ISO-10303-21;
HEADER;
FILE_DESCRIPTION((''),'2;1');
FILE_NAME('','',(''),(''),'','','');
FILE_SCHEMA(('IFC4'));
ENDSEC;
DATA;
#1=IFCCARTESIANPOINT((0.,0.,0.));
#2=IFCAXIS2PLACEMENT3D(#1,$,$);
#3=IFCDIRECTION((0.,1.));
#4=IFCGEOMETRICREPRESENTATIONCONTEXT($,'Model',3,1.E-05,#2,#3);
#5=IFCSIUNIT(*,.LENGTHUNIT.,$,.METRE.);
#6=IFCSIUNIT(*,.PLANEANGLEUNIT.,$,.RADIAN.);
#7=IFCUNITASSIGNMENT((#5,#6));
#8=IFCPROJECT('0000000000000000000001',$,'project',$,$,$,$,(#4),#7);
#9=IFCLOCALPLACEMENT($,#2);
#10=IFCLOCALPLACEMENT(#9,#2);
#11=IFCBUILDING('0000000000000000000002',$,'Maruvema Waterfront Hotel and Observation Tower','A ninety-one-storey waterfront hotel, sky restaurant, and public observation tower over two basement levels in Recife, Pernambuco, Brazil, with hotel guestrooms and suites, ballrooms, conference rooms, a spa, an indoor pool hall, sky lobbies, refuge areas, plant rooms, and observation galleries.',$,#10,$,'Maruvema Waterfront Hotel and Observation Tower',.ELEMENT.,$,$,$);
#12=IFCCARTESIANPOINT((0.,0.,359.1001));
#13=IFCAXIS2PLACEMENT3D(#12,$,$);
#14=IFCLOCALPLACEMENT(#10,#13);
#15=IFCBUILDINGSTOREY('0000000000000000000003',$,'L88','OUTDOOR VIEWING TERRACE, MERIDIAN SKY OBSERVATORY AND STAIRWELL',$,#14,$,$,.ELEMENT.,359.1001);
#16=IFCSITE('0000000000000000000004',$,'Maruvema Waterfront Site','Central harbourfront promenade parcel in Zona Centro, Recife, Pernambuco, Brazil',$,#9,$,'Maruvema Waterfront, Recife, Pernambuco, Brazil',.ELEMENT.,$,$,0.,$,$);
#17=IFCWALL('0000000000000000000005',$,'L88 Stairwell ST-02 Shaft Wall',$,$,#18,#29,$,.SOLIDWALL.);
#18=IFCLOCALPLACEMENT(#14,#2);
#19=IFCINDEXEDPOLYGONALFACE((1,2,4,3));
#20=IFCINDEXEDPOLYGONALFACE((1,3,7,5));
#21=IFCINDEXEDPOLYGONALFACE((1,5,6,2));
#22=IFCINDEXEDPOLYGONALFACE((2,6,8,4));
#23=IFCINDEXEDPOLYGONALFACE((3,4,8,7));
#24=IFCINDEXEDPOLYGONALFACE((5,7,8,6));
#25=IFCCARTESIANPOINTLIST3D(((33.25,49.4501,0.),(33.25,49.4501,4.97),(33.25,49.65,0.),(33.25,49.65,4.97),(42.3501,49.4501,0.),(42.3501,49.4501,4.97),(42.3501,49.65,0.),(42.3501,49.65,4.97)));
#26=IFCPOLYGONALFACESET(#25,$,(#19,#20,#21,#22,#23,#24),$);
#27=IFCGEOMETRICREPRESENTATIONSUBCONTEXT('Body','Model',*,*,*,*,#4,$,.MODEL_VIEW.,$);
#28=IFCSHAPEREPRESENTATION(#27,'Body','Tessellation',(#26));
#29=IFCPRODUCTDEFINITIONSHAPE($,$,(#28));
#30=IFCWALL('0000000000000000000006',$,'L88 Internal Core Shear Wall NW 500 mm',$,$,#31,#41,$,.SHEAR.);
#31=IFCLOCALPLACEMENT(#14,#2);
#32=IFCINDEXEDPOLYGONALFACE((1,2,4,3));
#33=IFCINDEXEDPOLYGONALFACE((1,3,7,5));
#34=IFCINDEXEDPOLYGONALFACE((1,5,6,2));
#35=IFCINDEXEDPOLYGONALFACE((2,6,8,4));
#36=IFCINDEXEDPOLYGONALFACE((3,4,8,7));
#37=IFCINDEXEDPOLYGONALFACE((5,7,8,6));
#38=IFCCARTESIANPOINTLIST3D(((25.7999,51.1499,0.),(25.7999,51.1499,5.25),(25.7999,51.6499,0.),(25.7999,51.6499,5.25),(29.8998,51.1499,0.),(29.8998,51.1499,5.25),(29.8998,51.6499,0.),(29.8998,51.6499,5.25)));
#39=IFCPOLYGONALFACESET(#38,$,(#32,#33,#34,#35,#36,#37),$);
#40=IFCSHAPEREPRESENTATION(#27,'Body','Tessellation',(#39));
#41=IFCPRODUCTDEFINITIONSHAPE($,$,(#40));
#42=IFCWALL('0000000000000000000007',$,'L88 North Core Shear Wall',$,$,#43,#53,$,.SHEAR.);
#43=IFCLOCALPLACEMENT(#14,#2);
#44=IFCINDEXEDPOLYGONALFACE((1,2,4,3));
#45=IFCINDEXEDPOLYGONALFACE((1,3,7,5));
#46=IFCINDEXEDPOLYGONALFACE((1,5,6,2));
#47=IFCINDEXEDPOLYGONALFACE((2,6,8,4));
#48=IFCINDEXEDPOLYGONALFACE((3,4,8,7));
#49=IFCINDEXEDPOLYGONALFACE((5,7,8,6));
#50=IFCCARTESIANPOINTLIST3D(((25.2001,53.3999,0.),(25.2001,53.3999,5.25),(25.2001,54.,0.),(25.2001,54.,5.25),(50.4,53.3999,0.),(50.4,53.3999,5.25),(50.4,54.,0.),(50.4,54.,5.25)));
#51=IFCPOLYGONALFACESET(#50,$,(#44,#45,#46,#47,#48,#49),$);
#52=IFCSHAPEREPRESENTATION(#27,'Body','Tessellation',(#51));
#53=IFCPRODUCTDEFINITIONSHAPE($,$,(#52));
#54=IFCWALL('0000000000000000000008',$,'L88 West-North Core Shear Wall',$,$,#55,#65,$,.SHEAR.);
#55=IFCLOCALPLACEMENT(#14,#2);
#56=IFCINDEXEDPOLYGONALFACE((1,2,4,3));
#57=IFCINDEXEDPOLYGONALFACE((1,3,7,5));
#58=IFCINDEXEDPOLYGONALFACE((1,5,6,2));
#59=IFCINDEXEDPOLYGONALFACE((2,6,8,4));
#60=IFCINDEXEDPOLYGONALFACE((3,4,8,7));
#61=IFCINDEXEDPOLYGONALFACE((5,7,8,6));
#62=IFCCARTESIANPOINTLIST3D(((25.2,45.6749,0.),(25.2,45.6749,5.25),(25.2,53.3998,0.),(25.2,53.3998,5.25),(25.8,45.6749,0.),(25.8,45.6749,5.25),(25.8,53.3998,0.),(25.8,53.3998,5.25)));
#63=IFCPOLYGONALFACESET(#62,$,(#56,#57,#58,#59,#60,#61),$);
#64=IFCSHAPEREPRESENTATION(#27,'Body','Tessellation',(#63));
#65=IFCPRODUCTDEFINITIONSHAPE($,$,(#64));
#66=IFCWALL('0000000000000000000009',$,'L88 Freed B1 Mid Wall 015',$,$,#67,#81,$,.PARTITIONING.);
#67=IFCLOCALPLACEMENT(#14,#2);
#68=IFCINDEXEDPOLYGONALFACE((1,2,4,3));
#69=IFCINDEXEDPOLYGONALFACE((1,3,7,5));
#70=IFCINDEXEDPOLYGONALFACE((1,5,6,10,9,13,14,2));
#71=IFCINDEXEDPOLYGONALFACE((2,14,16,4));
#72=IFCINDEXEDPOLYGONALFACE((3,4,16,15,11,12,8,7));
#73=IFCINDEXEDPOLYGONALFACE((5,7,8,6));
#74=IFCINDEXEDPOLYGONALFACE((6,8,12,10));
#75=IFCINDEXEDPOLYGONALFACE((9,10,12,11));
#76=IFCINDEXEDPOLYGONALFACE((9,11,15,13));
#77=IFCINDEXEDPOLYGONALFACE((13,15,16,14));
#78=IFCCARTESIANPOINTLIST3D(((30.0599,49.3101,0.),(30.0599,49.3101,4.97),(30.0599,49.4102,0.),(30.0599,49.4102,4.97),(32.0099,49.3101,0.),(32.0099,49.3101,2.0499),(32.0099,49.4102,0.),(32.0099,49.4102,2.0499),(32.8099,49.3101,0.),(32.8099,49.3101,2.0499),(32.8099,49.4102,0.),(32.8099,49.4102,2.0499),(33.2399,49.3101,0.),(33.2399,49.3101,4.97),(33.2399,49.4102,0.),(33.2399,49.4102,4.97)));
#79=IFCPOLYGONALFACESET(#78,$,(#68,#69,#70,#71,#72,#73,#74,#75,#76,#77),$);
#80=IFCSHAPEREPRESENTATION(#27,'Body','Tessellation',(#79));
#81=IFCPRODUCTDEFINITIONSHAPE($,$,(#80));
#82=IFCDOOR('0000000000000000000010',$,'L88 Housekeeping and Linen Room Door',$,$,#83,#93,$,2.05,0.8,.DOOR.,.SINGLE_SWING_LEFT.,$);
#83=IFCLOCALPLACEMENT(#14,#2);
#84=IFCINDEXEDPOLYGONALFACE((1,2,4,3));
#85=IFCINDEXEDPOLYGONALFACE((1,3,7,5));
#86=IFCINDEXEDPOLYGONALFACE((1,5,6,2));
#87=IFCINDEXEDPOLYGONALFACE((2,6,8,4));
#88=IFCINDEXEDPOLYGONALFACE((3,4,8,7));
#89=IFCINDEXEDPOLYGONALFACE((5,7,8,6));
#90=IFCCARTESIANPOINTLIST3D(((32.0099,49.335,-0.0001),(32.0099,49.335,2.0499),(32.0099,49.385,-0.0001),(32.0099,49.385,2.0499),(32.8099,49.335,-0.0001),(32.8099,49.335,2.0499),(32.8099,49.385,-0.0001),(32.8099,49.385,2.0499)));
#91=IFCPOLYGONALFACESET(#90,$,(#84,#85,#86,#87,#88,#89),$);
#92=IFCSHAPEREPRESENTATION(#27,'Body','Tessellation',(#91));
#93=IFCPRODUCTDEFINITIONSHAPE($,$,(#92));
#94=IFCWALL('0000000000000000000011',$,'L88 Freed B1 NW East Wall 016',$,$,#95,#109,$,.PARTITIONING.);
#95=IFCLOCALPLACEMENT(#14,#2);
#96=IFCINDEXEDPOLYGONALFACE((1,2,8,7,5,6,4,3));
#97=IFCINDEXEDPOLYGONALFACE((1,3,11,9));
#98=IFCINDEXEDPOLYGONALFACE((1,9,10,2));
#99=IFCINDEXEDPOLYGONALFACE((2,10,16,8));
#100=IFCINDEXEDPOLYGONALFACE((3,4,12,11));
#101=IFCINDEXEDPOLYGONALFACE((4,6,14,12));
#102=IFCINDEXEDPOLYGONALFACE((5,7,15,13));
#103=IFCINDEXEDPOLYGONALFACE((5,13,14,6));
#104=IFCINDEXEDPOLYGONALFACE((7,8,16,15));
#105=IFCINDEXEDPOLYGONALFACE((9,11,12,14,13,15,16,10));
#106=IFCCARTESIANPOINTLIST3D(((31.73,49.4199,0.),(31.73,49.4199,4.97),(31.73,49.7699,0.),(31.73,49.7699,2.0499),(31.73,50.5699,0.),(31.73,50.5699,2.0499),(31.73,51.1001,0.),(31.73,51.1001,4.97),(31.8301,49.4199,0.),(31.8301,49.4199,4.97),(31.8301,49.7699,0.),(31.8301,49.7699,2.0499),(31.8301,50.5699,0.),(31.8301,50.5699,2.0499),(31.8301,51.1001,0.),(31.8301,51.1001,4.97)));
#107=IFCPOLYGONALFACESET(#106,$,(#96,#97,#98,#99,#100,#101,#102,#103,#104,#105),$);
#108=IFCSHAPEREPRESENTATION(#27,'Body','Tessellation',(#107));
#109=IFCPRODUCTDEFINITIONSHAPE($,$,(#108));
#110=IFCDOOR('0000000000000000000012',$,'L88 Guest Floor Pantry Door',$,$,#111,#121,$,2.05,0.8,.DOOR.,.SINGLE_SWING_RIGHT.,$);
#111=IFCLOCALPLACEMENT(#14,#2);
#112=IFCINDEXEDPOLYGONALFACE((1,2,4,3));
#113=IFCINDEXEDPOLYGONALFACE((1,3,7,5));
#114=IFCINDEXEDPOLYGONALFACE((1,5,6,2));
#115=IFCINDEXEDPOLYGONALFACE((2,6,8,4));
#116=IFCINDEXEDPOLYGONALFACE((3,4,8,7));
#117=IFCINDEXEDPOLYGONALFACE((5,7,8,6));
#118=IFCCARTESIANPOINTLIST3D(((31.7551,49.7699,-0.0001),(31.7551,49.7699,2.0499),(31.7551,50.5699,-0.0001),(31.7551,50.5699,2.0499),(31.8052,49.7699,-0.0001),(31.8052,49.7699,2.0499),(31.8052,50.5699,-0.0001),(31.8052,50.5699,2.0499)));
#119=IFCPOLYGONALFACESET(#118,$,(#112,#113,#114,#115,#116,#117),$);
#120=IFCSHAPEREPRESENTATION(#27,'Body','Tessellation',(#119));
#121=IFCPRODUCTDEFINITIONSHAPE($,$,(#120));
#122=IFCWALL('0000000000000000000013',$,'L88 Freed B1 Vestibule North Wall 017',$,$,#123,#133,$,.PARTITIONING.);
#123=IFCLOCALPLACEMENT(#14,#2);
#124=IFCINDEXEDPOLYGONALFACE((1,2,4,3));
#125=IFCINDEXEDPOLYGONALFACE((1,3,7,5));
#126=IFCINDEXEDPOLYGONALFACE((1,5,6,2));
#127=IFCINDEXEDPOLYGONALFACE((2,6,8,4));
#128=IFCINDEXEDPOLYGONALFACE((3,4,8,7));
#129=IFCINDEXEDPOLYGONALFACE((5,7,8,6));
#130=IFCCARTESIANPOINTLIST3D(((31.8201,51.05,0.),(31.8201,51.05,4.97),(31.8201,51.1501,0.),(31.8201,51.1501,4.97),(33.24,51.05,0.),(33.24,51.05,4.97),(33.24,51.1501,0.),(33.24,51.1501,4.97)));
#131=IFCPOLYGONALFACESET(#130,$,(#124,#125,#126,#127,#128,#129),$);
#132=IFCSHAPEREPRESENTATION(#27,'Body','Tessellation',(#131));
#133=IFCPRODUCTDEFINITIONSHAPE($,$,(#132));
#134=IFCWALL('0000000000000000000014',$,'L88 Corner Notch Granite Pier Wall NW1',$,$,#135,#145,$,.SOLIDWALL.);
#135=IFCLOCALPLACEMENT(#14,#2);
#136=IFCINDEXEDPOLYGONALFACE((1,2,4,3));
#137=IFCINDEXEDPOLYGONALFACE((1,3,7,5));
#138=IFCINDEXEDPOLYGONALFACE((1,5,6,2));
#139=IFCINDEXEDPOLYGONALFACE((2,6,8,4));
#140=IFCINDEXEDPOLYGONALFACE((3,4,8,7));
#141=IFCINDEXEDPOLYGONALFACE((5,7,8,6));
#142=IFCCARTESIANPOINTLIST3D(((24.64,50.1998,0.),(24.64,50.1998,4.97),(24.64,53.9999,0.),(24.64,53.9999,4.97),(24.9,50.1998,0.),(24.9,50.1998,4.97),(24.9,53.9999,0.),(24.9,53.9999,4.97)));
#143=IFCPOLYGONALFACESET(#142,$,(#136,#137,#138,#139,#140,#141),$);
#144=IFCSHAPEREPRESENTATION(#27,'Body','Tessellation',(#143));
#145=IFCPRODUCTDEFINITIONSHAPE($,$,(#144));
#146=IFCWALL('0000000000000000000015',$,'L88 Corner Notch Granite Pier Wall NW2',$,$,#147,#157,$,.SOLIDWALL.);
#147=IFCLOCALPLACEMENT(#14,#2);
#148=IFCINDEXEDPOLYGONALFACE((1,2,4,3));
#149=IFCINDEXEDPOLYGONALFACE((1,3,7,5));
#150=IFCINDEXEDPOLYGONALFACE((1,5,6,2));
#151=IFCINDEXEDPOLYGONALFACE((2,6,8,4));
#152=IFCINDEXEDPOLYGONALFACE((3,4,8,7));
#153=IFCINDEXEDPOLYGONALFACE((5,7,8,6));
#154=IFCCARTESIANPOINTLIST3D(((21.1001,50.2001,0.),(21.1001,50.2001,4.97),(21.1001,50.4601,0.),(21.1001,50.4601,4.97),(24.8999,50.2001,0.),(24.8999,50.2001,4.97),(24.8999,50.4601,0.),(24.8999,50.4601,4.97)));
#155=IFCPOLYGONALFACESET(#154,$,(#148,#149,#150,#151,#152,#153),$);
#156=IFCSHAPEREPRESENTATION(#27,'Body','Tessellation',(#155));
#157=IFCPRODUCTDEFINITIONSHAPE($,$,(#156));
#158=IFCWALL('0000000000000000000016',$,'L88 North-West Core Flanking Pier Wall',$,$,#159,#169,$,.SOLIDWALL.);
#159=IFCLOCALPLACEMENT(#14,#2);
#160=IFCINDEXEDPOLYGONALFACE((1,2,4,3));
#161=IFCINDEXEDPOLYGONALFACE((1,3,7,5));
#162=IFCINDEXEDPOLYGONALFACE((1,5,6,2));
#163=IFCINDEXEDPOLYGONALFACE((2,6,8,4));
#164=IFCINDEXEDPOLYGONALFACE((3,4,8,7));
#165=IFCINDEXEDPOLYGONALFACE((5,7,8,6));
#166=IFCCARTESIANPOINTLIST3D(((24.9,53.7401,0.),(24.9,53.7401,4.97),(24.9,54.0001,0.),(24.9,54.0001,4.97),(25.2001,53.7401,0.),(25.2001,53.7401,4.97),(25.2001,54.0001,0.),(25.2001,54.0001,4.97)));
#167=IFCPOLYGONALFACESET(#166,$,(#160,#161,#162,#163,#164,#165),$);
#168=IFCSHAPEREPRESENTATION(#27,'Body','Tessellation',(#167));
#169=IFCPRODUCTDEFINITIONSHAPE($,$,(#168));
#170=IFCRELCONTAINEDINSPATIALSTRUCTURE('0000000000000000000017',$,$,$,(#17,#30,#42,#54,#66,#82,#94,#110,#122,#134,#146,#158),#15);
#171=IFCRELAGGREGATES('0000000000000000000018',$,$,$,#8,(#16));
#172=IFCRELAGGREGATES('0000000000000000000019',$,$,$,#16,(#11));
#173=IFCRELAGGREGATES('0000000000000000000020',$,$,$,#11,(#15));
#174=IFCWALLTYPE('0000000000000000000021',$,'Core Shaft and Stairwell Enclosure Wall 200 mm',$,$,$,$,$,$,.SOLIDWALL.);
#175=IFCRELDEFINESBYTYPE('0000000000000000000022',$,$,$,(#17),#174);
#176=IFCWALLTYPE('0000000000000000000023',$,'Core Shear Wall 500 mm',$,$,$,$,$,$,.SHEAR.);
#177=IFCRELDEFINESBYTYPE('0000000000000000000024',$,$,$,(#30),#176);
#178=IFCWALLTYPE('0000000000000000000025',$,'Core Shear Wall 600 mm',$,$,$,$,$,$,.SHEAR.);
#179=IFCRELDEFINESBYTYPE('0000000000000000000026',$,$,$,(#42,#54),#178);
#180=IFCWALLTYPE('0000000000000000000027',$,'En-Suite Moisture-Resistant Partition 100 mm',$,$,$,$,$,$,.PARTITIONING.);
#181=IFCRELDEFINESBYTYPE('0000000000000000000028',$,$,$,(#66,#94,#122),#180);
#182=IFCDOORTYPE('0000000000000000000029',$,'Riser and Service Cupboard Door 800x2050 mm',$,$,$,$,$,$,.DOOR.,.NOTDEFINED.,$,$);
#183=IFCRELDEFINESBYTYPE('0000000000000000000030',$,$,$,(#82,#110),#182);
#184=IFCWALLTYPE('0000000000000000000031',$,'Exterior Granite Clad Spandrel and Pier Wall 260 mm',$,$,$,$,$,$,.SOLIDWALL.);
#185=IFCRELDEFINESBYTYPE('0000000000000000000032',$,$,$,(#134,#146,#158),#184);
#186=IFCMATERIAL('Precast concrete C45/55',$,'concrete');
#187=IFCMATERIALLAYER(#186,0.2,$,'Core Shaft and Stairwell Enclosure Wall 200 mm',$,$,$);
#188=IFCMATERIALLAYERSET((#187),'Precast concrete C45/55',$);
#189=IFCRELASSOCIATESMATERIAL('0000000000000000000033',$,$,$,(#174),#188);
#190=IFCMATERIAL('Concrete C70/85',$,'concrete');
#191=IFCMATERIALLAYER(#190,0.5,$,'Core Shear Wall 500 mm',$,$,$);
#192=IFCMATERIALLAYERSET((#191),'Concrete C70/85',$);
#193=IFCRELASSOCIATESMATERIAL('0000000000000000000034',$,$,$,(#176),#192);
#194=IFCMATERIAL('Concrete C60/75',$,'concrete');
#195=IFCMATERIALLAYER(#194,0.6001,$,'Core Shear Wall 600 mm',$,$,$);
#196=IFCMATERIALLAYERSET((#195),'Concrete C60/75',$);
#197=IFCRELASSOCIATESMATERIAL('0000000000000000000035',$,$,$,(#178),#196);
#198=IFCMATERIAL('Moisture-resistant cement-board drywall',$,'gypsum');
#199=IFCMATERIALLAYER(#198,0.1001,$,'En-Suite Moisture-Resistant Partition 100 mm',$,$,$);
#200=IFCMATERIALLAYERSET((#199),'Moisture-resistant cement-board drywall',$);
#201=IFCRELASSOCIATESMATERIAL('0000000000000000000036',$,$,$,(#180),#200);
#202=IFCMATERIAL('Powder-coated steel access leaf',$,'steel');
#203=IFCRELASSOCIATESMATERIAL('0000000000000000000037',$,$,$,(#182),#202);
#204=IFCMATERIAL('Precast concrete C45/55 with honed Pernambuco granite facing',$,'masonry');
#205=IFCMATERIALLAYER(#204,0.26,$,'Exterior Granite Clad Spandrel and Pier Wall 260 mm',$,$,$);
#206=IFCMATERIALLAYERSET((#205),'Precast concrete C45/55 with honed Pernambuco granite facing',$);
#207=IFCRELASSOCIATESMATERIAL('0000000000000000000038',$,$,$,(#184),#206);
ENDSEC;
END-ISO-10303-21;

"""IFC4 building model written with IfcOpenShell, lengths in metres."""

from ifc_helpers import new_model, si_unit, direction, frame, frame_2d, origin, place, context, subcontext, project, spatial, rectangle, extrude, material, layer, layer_set, type_object, element, fill, save


model = new_model("IFC4")

# Units and contexts
model_context = context("Model", 3, precision=1e-05, world=origin(), true_north=direction((0.0, 1.0)))
body_context = subcontext(model_context, "Body", "Model", "MODEL_VIEW")
ifc_project = project(units=[si_unit("LENGTHUNIT", "METRE"), si_unit("PLANEANGLEUNIT", "RADIAN")], contexts=[model_context])

# Site, building, storey
site_placement = place(None, origin())
site = spatial("IfcSite", under=ifc_project, at=site_placement, Name="Maruvema Waterfront Site", Description="Central harbourfront promenade parcel in Zona Centro, Recife, Pernambuco, Brazil", LongName="Maruvema Waterfront, Recife, Pernambuco, Brazil", CompositionType="ELEMENT", RefElevation=0.0)
building_placement = place(site_placement, origin())
building = spatial("IfcBuilding", under=site, at=building_placement, Name="Maruvema Waterfront Hotel and Observation Tower", Description="A ninety-one-storey waterfront hotel, sky restaurant, and public observation tower over two basement levels in Recife, Pernambuco, Brazil, with hotel guestrooms and suites, ballrooms, conference rooms, a spa, an indoor pool hall, sky lobbies, refuge areas, plant rooms, and observation galleries.", LongName="Maruvema Waterfront Hotel and Observation Tower", CompositionType="ELEMENT")
storey_placement = place(building_placement, frame((0.0, 0.0, 359.1001)))
storey = spatial("IfcBuildingStorey", under=building, at=storey_placement, Name="L88", Description="OUTDOOR VIEWING TERRACE, MERIDIAN SKY OBSERVATORY AND STAIRWELL", CompositionType="ELEMENT", Elevation=359.1001)

# Wall
ifc_material_1 = material(Name="Precast concrete C45/55", Category="concrete")
ifc_layer_1 = layer(ifc_material_1, 0.2, Name="Core Shaft and Stairwell Enclosure Wall 200 mm")
ifc_layer_set_1 = layer_set([ifc_layer_1], Name="Precast concrete C45/55")
wall_type_1 = type_object("IfcWallType", Name="Core Shaft and Stairwell Enclosure Wall 200 mm", PredefinedType="SOLIDWALL", material=ifc_layer_set_1)
wall_1_placement = place(storey_placement, frame((33.25, 49.55, 0.0), z_axis=(0.0, 0.0, 1.0), x_axis=(1.0, 0.0, 0.0)))
element("IfcWall", 1, at=wall_1_placement, inside=storey, type_object=wall_type_1, Name="L88 Stairwell ST-02 Shaft Wall", PredefinedType="SOLIDWALL", context=body_context, shape_type="SweptSolid", body=[
    extrude(rectangle(XDim=9.1001, YDim=0.2, at=frame_2d((4.55, 0.0))), origin(), (0.0, 0.0, 1.0), 4.97),
])

# Walls
ifc_material_2 = material(Name="Concrete C70/85", Category="concrete")
ifc_layer_2 = layer(ifc_material_2, 0.5, Name="Core Shear Wall 500 mm")
ifc_layer_set_2 = layer_set([ifc_layer_2], Name="Concrete C70/85")
wall_type_2 = type_object("IfcWallType", Name="Core Shear Wall 500 mm", PredefinedType="SHEAR", material=ifc_layer_set_2)
wall_2_placement = place(storey_placement, frame((25.8, 51.3999, 0.0), z_axis=(0.0, 0.0, 1.0), x_axis=(1.0, 0.0, 0.0)))
element("IfcWall", 2, at=wall_2_placement, inside=storey, type_object=wall_type_2, Name="L88 Internal Core Shear Wall NW 500 mm", PredefinedType="SHEAR", context=body_context, shape_type="SweptSolid", body=[
    extrude(rectangle(XDim=4.0999, YDim=0.5, at=frame_2d((2.0498, 0.0))), origin(), (0.0, 0.0, 1.0), 5.25),
])
ifc_material_3 = material(Name="Concrete C60/75", Category="concrete")
ifc_layer_3 = layer(ifc_material_3, 0.6001, Name="Core Shear Wall 600 mm")
ifc_layer_set_3 = layer_set([ifc_layer_3], Name="Concrete C60/75")
wall_type_3 = type_object("IfcWallType", Name="Core Shear Wall 600 mm", PredefinedType="SHEAR", material=ifc_layer_set_3)
wall_3_placement = place(storey_placement, frame((25.2, 53.7, 0.0), z_axis=(0.0, 0.0, 1.0), x_axis=(1.0, 0.0, 0.0)))
element("IfcWall", 3, at=wall_3_placement, inside=storey, type_object=wall_type_3, Name="L88 North Core Shear Wall", PredefinedType="SHEAR", context=body_context, shape_type="SweptSolid", body=[
    extrude(rectangle(XDim=25.2, YDim=0.6001, at=frame_2d((12.6001, 0.0))), origin(), (0.0, 0.0, 1.0), 5.25),
])
wall_4_placement = place(storey_placement, frame((25.5, 45.675, 0.0), z_axis=(0.0, 0.0, 1.0), x_axis=(0.0, 1.0, 0.0)))
element("IfcWall", 4, at=wall_4_placement, inside=storey, type_object=wall_type_3, Name="L88 West-North Core Shear Wall", PredefinedType="SHEAR", context=body_context, shape_type="SweptSolid", body=[
    extrude(rectangle(XDim=7.7249, YDim=0.6001, at=frame_2d((3.8623, 0.0))), origin(), (0.0, 0.0, 1.0), 5.25),
])

# Walls, openings, doors
ifc_material_4 = material(Name="Moisture-resistant cement-board drywall", Category="gypsum")
ifc_layer_4 = layer(ifc_material_4, 0.1001, Name="En-Suite Moisture-Resistant Partition 100 mm")
ifc_layer_set_4 = layer_set([ifc_layer_4], Name="Moisture-resistant cement-board drywall")
wall_type_4 = type_object("IfcWallType", Name="En-Suite Moisture-Resistant Partition 100 mm", PredefinedType="PARTITIONING", material=ifc_layer_set_4)
wall_5_placement = place(storey_placement, frame((30.0601, 49.3601, 0.0), z_axis=(0.0, 0.0, 1.0), x_axis=(1.0, 0.0, 0.0)))
wall_5 = element("IfcWall", 5, at=wall_5_placement, inside=storey, type_object=wall_type_4, Name="L88 Freed B1 Mid Wall 015", PredefinedType="PARTITIONING", context=body_context, shape_type="SweptSolid", body=[
    extrude(rectangle(XDim=3.1799, YDim=0.1001, at=frame_2d((1.5898, 0.0))), origin(), (0.0, 0.0, 1.0), 4.97),
])
opening_1_placement = place(wall_5_placement, frame((1.95, 0.0, 0.0)))
opening_1 = element("IfcOpeningElement", 6, at=opening_1_placement, cuts=wall_5, PredefinedType="OPENING", context=body_context, shape_type="SweptSolid", body=[
    extrude(rectangle(XDim=0.8, YDim=2.05, at=frame_2d((0.3999, 1.0249))), frame((0.0, 0.0601, 0.0), z_axis=(0.0, -1.0, 0.0), x_axis=(1.0, 0.0, 0.0)), (0.0, 0.0, 1.0), 0.1201),
])
ifc_material_5 = material(Name="Powder-coated steel access leaf", Category="steel")
door_type_1 = type_object("IfcDoorType", Name="Riser and Service Cupboard Door 800x2050 mm", OperationType="NOTDEFINED", PredefinedType="DOOR", material=ifc_material_5)
door_1_placement = place(opening_1_placement, origin())
door_1 = element("IfcDoor", 7, at=door_1_placement, inside=storey, type_object=door_type_1, Name="L88 Housekeeping and Linen Room Door", OperationType="SINGLE_SWING_LEFT", OverallHeight=2.05, OverallWidth=0.8, PredefinedType="DOOR", context=body_context, shape_type="SweptSolid", body=[
    extrude(rectangle(XDim=0.8, YDim=2.05, at=frame_2d((0.3999, 1.0249))), frame((0.0, 0.0249, 0.0), z_axis=(0.0, -1.0, 0.0), x_axis=(1.0, 0.0, 0.0)), (0.0, 0.0, 1.0), 0.05),
])
fill(opening_1, door_1)
wall_6_placement = place(storey_placement, frame((31.78, 49.4199, 0.0), z_axis=(0.0, 0.0, 1.0), x_axis=(0.0, 1.0, 0.0)))
wall_6 = element("IfcWall", 8, at=wall_6_placement, inside=storey, type_object=wall_type_4, Name="L88 Freed B1 NW East Wall 016", PredefinedType="PARTITIONING", context=body_context, shape_type="SweptSolid", body=[
    extrude(rectangle(XDim=1.6802, YDim=0.1001, at=frame_2d((0.8401, 0.0))), origin(), (0.0, 0.0, 1.0), 4.97),
])
opening_2_placement = place(wall_6_placement, frame((0.3501, 0.0, 0.0)))
opening_2 = element("IfcOpeningElement", 9, at=opening_2_placement, cuts=wall_6, PredefinedType="OPENING", context=body_context, shape_type="SweptSolid", body=[
    extrude(rectangle(XDim=0.8, YDim=2.05, at=frame_2d((0.3999, 1.0249))), frame((0.0, 0.0601, 0.0), z_axis=(0.0, -1.0, 0.0), x_axis=(1.0, 0.0, 0.0)), (0.0, 0.0, 1.0), 0.1201),
])
door_2_placement = place(opening_2_placement, origin())
door_2 = element("IfcDoor", 10, at=door_2_placement, inside=storey, type_object=door_type_1, Name="L88 Guest Floor Pantry Door", OperationType="SINGLE_SWING_RIGHT", OverallHeight=2.05, OverallWidth=0.8, PredefinedType="DOOR", context=body_context, shape_type="SweptSolid", body=[
    extrude(rectangle(XDim=0.8, YDim=2.05, at=frame_2d((0.3999, 1.0249))), frame((0.0, 0.0249, 0.0), z_axis=(0.0, -1.0, 0.0), x_axis=(1.0, 0.0, 0.0)), (0.0, 0.0, 1.0), 0.05),
])
fill(opening_2, door_2)

# Walls
wall_7_placement = place(storey_placement, frame((31.8201, 51.1001, 0.0), z_axis=(0.0, 0.0, 1.0), x_axis=(1.0, 0.0, 0.0)))
element("IfcWall", 11, at=wall_7_placement, inside=storey, type_object=wall_type_4, Name="L88 Freed B1 Vestibule North Wall 017", PredefinedType="PARTITIONING", context=body_context, shape_type="SweptSolid", body=[
    extrude(rectangle(XDim=1.4199, YDim=0.1001, at=frame_2d((0.71, 0.0))), origin(), (0.0, 0.0, 1.0), 4.97),
])
ifc_material_6 = material(Name="Precast concrete C45/55 with honed Pernambuco granite facing", Category="masonry")
ifc_layer_5 = layer(ifc_material_6, 0.26, Name="Exterior Granite Clad Spandrel and Pier Wall 260 mm")
ifc_layer_set_5 = layer_set([ifc_layer_5], Name="Precast concrete C45/55 with honed Pernambuco granite facing")
wall_type_5 = type_object("IfcWallType", Name="Exterior Granite Clad Spandrel and Pier Wall 260 mm", PredefinedType="SOLIDWALL", material=ifc_layer_set_5)
wall_8_placement = place(storey_placement, frame((24.77, 50.2, 0.0), z_axis=(0.0, 0.0, 1.0), x_axis=(0.0, 1.0, 0.0)))
element("IfcWall", 12, at=wall_8_placement, inside=storey, type_object=wall_type_5, Name="L88 Corner Notch Granite Pier Wall NW1", PredefinedType="SOLIDWALL", context=body_context, shape_type="SweptSolid", body=[
    extrude(rectangle(XDim=3.8, YDim=0.26, at=frame_2d((1.8999, 0.0))), origin(), (0.0, 0.0, 1.0), 4.97),
])
wall_9_placement = place(storey_placement, frame((21.1001, 50.3301, 0.0), z_axis=(0.0, 0.0, 1.0), x_axis=(1.0, 0.0, 0.0)))
element("IfcWall", 13, at=wall_9_placement, inside=storey, type_object=wall_type_5, Name="L88 Corner Notch Granite Pier Wall NW2", PredefinedType="SOLIDWALL", context=body_context, shape_type="SweptSolid", body=[
    extrude(rectangle(XDim=3.7998, YDim=0.26, at=frame_2d((1.8999, 0.0))), origin(), (0.0, 0.0, 1.0), 4.97),
])
wall_10_placement = place(storey_placement, frame((25.2, 53.8701, 0.0), z_axis=(0.0, 0.0, 1.0), x_axis=(-1.0, 0.0, 0.0)))
element("IfcWall", 14, at=wall_10_placement, inside=storey, type_object=wall_type_5, Name="L88 North-West Core Flanking Pier Wall", PredefinedType="SOLIDWALL", context=body_context, shape_type="SweptSolid", body=[
    extrude(rectangle(XDim=0.3, YDim=0.26, at=frame_2d((0.1499, 0.0))), origin(), (0.0, 0.0, 1.0), 4.97),
])

save(model, "model.ifc")
